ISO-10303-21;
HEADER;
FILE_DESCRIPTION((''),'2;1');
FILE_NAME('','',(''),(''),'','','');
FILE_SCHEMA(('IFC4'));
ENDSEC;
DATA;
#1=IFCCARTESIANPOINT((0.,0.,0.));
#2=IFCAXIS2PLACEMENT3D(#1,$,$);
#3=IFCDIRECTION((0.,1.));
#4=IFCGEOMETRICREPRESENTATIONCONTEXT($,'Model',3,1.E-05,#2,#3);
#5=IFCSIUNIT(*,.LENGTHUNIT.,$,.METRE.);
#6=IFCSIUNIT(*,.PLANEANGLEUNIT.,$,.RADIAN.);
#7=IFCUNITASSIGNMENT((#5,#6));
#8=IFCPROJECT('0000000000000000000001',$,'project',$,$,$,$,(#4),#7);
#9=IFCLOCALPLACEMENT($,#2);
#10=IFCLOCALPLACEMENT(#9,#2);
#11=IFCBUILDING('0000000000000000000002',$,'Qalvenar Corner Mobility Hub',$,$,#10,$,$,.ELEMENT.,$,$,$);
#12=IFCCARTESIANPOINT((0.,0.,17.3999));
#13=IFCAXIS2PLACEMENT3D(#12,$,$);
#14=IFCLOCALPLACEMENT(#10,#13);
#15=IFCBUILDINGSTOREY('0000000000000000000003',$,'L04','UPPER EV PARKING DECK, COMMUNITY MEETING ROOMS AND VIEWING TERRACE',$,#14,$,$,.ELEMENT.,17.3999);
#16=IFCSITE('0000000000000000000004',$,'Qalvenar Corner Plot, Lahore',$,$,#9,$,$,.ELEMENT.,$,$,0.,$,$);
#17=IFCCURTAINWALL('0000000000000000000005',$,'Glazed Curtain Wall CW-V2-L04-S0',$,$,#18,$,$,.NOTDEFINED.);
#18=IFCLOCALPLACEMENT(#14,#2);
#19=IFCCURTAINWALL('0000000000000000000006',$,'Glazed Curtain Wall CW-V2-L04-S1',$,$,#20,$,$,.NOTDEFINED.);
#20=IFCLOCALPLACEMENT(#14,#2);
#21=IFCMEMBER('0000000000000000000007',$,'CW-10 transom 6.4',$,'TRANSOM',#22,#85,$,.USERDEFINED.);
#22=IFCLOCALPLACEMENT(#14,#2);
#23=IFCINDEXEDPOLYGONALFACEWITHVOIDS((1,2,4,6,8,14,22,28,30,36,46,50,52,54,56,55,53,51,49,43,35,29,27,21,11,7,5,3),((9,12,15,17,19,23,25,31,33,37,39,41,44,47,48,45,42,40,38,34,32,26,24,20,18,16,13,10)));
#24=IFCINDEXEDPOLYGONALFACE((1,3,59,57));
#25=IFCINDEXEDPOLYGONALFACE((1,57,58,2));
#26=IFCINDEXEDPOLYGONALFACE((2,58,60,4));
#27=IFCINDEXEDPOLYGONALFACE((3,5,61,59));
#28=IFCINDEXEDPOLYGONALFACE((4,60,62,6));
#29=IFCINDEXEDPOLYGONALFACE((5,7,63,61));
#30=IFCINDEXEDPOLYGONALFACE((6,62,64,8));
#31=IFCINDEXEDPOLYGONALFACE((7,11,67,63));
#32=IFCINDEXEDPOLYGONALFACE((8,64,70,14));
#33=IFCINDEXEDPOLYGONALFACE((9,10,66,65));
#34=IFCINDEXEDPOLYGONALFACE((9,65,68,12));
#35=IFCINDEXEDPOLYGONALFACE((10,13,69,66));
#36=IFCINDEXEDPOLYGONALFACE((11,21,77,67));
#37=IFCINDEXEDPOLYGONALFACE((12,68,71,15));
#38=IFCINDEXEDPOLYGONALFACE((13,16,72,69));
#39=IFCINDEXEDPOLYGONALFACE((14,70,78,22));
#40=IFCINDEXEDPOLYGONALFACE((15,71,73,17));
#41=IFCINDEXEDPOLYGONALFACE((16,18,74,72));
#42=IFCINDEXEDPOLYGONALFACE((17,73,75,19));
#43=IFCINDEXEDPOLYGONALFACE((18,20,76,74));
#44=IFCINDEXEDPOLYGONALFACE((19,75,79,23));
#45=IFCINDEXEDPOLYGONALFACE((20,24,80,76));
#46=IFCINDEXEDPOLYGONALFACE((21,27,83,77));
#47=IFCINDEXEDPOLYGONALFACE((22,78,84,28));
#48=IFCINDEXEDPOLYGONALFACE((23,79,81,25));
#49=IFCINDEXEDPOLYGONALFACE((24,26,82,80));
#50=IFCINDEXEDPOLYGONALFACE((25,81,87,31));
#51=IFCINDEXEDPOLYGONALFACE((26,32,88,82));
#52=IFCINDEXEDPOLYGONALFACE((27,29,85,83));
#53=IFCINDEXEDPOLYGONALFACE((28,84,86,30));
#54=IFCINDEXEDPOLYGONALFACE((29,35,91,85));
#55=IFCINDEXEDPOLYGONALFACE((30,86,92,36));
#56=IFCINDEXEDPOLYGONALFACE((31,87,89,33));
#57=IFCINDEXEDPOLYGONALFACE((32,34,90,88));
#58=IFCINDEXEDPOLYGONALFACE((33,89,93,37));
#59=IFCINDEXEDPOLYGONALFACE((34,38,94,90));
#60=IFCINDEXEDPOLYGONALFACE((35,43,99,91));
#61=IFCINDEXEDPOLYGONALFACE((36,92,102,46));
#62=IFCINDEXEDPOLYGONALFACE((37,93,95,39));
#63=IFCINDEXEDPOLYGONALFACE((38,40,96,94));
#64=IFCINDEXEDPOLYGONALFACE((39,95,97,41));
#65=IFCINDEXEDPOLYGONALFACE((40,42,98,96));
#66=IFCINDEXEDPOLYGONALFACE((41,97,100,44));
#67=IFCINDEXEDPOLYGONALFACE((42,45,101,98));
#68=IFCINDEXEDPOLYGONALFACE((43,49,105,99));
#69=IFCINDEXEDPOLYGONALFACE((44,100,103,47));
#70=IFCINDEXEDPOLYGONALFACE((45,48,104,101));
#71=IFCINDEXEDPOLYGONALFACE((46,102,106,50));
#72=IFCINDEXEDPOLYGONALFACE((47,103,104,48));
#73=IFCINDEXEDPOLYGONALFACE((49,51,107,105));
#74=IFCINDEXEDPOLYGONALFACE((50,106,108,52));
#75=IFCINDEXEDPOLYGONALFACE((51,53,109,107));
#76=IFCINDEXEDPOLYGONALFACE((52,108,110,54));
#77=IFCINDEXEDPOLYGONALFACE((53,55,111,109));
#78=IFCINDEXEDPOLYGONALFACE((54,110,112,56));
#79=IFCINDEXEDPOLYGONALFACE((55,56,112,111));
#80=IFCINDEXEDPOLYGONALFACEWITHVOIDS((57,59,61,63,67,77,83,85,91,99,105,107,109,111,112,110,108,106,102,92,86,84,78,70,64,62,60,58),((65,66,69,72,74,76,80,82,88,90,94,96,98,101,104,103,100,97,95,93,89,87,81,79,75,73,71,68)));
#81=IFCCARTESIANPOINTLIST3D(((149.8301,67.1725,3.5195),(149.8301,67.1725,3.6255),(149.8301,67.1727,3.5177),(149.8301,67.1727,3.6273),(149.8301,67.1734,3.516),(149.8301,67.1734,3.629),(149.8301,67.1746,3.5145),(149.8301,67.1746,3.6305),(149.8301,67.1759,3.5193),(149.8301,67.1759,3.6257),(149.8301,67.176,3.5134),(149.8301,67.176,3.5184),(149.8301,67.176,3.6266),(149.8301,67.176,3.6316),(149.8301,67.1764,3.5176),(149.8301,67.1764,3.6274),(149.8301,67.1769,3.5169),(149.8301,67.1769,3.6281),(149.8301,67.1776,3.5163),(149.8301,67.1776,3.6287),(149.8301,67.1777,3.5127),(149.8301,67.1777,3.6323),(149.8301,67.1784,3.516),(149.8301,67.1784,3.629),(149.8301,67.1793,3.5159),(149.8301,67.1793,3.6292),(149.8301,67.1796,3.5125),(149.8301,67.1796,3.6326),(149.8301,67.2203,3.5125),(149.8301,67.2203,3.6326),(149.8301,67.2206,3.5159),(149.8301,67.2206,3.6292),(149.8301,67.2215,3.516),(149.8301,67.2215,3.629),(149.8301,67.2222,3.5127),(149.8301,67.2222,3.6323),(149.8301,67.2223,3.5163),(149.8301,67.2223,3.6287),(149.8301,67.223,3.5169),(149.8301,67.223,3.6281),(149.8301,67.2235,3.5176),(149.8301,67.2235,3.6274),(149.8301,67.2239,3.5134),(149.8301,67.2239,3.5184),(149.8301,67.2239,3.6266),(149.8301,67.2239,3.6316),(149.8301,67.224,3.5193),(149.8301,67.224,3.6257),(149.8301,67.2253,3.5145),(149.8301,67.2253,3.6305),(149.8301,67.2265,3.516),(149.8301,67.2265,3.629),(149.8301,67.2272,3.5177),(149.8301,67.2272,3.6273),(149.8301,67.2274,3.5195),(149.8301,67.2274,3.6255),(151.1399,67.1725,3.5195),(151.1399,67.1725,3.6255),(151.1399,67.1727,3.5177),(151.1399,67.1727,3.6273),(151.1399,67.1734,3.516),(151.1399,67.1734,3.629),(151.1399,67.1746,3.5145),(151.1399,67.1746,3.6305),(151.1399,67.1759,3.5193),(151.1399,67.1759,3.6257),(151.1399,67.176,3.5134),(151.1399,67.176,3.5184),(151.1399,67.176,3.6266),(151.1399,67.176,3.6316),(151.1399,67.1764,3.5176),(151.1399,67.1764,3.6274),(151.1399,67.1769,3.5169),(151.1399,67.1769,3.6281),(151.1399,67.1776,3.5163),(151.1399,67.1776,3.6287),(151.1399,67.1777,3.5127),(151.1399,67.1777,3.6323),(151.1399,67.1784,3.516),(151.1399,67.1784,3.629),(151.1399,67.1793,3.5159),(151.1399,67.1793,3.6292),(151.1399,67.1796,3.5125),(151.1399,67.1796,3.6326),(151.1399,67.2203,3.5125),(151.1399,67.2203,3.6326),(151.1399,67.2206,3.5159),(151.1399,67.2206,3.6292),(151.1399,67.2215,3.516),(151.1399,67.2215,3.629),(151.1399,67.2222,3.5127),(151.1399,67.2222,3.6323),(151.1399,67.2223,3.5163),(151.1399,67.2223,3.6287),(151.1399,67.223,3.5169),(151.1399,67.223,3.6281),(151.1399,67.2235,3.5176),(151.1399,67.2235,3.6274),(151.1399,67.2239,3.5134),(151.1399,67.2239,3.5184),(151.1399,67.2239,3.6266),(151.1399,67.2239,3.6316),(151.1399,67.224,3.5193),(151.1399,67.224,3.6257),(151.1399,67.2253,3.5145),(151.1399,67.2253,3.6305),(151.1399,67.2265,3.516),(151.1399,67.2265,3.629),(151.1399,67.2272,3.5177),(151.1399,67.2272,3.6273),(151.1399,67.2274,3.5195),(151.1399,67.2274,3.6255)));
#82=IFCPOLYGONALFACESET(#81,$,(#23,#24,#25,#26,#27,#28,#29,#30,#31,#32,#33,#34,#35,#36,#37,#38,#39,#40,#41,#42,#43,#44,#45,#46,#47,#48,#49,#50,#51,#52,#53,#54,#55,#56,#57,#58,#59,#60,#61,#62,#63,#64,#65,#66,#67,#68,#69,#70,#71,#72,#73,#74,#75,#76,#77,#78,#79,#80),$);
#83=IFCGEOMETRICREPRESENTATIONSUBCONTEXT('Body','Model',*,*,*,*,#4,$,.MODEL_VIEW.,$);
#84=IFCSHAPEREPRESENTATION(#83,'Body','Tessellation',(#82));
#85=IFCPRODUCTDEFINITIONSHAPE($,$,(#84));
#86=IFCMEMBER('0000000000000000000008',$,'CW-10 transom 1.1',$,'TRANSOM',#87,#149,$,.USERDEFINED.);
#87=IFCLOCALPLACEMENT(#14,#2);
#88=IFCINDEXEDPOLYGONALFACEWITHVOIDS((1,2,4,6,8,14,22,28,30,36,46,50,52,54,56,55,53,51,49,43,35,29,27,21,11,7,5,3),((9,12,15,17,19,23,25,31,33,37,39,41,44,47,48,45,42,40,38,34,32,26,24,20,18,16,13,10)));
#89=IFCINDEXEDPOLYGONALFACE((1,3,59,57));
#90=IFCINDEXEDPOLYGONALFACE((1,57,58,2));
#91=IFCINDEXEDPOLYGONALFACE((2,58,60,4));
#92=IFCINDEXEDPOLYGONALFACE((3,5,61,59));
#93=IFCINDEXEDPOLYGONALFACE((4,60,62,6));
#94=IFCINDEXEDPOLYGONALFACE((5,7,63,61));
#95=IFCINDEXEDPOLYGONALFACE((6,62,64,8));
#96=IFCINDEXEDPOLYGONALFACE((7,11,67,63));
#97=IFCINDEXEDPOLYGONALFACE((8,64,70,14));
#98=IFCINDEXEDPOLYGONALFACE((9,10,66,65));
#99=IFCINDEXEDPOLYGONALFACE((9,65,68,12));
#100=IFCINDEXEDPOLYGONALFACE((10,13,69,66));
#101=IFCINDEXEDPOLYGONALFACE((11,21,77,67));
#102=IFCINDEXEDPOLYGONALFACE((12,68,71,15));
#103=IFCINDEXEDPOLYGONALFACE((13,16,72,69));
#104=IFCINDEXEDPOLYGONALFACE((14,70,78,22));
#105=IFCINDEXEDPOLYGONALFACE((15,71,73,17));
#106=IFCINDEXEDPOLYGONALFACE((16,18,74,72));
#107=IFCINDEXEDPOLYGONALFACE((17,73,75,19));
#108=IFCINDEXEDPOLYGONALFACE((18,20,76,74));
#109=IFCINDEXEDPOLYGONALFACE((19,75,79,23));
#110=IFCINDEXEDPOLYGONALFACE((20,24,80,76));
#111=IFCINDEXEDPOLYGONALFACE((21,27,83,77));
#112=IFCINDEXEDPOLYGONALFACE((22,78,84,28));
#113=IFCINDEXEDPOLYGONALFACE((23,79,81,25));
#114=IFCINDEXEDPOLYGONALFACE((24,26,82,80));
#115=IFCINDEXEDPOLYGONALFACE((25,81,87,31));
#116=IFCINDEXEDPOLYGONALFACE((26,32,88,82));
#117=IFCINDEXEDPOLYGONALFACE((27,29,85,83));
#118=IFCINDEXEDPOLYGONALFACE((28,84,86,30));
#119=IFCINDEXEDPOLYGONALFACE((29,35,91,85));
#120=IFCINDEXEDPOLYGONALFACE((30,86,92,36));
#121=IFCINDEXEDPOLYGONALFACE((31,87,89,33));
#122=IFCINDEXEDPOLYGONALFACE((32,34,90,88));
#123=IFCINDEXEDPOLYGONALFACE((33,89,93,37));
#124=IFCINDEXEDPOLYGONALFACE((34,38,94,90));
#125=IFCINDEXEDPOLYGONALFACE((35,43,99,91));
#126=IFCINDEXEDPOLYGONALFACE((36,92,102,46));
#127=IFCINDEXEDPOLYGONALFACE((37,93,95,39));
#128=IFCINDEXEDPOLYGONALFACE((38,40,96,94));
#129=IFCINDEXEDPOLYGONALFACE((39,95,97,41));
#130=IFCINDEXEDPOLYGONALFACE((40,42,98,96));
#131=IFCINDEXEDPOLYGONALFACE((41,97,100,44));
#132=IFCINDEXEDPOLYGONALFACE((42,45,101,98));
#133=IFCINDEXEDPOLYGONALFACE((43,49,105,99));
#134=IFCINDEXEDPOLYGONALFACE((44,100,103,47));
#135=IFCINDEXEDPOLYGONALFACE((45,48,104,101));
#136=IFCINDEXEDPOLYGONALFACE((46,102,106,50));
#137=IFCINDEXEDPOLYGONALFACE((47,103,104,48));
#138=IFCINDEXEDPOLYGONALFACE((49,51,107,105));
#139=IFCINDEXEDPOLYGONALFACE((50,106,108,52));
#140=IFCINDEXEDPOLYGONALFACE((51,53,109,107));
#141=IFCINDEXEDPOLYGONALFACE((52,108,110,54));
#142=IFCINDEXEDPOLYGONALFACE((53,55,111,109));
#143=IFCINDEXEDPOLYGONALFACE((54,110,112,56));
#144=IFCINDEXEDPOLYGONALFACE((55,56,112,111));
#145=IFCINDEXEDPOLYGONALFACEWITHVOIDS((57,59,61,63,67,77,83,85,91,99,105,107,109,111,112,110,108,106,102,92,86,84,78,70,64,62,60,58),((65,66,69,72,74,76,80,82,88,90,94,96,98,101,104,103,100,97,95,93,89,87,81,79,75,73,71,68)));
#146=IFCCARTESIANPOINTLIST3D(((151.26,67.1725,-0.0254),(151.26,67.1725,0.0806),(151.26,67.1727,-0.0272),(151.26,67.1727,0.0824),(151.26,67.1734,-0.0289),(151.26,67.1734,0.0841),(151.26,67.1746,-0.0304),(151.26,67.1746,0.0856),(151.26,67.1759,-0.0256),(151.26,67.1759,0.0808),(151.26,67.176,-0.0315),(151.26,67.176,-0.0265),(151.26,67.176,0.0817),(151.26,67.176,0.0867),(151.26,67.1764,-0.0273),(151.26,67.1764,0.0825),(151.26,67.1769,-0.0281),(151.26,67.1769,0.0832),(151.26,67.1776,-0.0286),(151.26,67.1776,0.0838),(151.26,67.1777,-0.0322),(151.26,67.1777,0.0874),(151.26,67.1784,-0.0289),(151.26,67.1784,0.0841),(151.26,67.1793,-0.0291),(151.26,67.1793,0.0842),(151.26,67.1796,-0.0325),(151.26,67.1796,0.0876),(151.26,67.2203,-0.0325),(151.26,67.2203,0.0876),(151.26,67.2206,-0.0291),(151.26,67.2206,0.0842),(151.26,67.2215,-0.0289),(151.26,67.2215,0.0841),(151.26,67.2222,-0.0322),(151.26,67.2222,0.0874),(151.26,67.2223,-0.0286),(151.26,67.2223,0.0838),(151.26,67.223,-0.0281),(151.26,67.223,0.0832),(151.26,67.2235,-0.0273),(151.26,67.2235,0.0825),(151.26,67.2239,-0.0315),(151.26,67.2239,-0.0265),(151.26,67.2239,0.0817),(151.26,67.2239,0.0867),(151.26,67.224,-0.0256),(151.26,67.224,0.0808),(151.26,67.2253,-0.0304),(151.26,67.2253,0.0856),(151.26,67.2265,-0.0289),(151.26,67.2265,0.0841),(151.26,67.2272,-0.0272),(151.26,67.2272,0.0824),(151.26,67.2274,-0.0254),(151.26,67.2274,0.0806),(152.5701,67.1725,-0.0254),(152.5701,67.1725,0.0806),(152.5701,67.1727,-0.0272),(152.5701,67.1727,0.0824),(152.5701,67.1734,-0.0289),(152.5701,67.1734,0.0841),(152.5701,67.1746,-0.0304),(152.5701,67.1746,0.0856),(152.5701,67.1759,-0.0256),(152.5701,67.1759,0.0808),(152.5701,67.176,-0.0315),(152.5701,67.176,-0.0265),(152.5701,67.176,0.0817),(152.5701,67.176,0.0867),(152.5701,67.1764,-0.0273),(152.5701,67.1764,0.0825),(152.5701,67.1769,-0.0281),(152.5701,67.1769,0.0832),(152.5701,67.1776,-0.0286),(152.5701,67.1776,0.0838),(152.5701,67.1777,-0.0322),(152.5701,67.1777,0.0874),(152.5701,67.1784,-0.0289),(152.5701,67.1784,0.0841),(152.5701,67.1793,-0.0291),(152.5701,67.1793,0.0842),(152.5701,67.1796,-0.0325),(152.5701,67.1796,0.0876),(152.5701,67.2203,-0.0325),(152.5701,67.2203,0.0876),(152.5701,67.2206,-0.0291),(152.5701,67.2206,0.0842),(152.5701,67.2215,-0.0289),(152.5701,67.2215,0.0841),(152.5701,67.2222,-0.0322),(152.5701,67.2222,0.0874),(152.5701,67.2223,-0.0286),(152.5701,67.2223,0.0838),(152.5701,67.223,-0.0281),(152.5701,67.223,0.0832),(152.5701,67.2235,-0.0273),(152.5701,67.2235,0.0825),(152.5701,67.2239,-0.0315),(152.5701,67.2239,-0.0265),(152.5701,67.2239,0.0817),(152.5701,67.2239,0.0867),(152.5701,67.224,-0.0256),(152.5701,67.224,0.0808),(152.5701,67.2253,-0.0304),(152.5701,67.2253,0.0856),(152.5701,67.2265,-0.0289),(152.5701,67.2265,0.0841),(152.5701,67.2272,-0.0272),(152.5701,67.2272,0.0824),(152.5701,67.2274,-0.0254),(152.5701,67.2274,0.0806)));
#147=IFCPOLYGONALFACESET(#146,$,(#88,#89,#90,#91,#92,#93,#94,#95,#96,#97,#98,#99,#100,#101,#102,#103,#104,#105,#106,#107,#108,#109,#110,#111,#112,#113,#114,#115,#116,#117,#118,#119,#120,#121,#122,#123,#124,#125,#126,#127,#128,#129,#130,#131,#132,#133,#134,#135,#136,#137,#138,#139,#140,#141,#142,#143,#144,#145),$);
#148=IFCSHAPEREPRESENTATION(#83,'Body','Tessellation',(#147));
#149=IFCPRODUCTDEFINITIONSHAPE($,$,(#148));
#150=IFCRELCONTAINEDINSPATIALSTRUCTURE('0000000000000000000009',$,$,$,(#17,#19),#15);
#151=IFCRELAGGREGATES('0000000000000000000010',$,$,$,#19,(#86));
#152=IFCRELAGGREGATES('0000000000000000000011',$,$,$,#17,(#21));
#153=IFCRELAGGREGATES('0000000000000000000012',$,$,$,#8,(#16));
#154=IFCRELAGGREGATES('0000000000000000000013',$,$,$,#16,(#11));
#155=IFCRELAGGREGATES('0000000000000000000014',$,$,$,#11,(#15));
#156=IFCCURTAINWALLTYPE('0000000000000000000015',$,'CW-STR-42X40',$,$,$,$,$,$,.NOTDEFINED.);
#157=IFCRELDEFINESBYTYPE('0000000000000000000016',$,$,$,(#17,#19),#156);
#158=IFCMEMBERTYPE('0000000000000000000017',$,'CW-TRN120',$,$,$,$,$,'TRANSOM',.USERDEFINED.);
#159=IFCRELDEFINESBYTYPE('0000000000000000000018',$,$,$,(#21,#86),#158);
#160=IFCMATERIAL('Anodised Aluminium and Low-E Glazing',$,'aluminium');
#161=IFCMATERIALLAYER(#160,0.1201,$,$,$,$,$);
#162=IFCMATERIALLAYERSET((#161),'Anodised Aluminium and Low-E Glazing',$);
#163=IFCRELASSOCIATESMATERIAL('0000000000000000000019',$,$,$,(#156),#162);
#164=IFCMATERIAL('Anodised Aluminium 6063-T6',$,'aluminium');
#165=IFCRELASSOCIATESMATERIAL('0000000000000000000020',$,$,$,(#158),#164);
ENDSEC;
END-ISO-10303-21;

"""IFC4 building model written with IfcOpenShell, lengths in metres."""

from ifc_helpers import new_model, si_unit, direction, frame, origin, origin_2d, place, context, subcontext, project, spatial, hollow_rectangle, extrude, material, layer, layer_set, material_profile, profile_set, type_object, element, aggregate, save


model = new_model("IFC4")

# Units and contexts
model_context = context("Model", 3, precision=1e-05, world=origin(), true_north=direction((0.0, 1.0)))
body_context = subcontext(model_context, "Body", "Model", "MODEL_VIEW")
ifc_project = project(units=[si_unit("LENGTHUNIT", "METRE"), si_unit("PLANEANGLEUNIT", "RADIAN")], contexts=[model_context])

# Site, building, storey
site_placement = place(None, origin())
site = spatial("IfcSite", under=ifc_project, at=site_placement, Name="Qalvenar Corner Plot, Lahore", CompositionType="ELEMENT", RefElevation=0.0)
building_placement = place(site_placement, origin())
building = spatial("IfcBuilding", under=site, at=building_placement, Name="Qalvenar Corner Mobility Hub", CompositionType="ELEMENT")
storey_placement = place(building_placement, frame((0.0, 0.0, 17.3999)))
storey = spatial("IfcBuildingStorey", under=building, at=storey_placement, Name="L04", Description="UPPER EV PARKING DECK, COMMUNITY MEETING ROOMS AND VIEWING TERRACE", CompositionType="ELEMENT", Elevation=17.3999)

# Curtain wall
ifc_material_1 = material(Name="Anodised Aluminium and Low-E Glazing", Category="aluminium")
ifc_layer_1 = layer(ifc_material_1, 0.1201)
ifc_layer_set_1 = layer_set([ifc_layer_1], Name="Anodised Aluminium and Low-E Glazing")
curtain_wall_type = type_object("IfcCurtainWallType", Name="CW-STR-42X40", PredefinedType="NOTDEFINED", material=ifc_layer_set_1)
curtain_wall_1_placement = place(storey_placement, origin())
curtain_wall_1 = element("IfcCurtainWall", 1, at=curtain_wall_1_placement, inside=storey, type_object=curtain_wall_type, Name="Glazed Curtain Wall CW-V2-L04-S0", PredefinedType="NOTDEFINED")
ifc_material_2 = material(Name="Anodised Aluminium 6063-T6", Category="aluminium")

# Curtain wall
curtain_wall_2_placement = place(storey_placement, origin())
curtain_wall_2 = element("IfcCurtainWall", 2, at=curtain_wall_2_placement, inside=storey, type_object=curtain_wall_type, Name="Glazed Curtain Wall CW-V2-L04-S1", PredefinedType="NOTDEFINED")

# Members
ifc_material_profile_1 = material_profile(ifc_material_2, hollow_rectangle(XDim=0.0549, YDim=0.1201, WallThickness=0.0034, InnerFilletRadius=0.0034, OuterFilletRadius=0.0071, at=origin_2d()), Name="RHS120x55x3.5")
ifc_profile_set_1 = profile_set([ifc_material_profile_1], Name="Anodised Aluminium 6063-T6")
member_type_1 = type_object("IfcMemberType", Name="CW-TRN120", ElementType="TRANSOM", PredefinedType="USERDEFINED", material=ifc_profile_set_1)
member_1_placement = place(storey_placement, frame((149.8301, 67.2, 3.5725), z_axis=(1.0, 0.0, 0.0), x_axis=(0.0, 1.0, 0.0)))
member_1 = element("IfcMember", 3, at=member_1_placement, type_object=member_type_1, Name="CW-10 transom 6.4", ObjectType="TRANSOM", PredefinedType="USERDEFINED", context=body_context, shape_type="SweptSolid", body=[
    extrude(hollow_rectangle(XDim=0.0549, YDim=0.1201, WallThickness=0.0034, InnerFilletRadius=0.0034, OuterFilletRadius=0.0071, at=origin_2d()), origin(), (0.0, 0.0, 1.0), 1.3098),
])
member_2_placement = place(storey_placement, frame((151.26, 67.2, 0.0276), z_axis=(1.0, 0.0, 0.0), x_axis=(0.0, 1.0, 0.0)))
member_2 = element("IfcMember", 4, at=member_2_placement, type_object=member_type_1, Name="CW-10 transom 1.1", ObjectType="TRANSOM", PredefinedType="USERDEFINED", context=body_context, shape_type="SweptSolid", body=[
    extrude(hollow_rectangle(XDim=0.0549, YDim=0.1201, WallThickness=0.0034, InnerFilletRadius=0.0034, OuterFilletRadius=0.0071, at=origin_2d()), origin(), (0.0, 0.0, 1.0), 1.3101),
])
aggregate(curtain_wall_2, [member_2])

aggregate(curtain_wall_1, [member_1])

save(model, "model.ifc")
